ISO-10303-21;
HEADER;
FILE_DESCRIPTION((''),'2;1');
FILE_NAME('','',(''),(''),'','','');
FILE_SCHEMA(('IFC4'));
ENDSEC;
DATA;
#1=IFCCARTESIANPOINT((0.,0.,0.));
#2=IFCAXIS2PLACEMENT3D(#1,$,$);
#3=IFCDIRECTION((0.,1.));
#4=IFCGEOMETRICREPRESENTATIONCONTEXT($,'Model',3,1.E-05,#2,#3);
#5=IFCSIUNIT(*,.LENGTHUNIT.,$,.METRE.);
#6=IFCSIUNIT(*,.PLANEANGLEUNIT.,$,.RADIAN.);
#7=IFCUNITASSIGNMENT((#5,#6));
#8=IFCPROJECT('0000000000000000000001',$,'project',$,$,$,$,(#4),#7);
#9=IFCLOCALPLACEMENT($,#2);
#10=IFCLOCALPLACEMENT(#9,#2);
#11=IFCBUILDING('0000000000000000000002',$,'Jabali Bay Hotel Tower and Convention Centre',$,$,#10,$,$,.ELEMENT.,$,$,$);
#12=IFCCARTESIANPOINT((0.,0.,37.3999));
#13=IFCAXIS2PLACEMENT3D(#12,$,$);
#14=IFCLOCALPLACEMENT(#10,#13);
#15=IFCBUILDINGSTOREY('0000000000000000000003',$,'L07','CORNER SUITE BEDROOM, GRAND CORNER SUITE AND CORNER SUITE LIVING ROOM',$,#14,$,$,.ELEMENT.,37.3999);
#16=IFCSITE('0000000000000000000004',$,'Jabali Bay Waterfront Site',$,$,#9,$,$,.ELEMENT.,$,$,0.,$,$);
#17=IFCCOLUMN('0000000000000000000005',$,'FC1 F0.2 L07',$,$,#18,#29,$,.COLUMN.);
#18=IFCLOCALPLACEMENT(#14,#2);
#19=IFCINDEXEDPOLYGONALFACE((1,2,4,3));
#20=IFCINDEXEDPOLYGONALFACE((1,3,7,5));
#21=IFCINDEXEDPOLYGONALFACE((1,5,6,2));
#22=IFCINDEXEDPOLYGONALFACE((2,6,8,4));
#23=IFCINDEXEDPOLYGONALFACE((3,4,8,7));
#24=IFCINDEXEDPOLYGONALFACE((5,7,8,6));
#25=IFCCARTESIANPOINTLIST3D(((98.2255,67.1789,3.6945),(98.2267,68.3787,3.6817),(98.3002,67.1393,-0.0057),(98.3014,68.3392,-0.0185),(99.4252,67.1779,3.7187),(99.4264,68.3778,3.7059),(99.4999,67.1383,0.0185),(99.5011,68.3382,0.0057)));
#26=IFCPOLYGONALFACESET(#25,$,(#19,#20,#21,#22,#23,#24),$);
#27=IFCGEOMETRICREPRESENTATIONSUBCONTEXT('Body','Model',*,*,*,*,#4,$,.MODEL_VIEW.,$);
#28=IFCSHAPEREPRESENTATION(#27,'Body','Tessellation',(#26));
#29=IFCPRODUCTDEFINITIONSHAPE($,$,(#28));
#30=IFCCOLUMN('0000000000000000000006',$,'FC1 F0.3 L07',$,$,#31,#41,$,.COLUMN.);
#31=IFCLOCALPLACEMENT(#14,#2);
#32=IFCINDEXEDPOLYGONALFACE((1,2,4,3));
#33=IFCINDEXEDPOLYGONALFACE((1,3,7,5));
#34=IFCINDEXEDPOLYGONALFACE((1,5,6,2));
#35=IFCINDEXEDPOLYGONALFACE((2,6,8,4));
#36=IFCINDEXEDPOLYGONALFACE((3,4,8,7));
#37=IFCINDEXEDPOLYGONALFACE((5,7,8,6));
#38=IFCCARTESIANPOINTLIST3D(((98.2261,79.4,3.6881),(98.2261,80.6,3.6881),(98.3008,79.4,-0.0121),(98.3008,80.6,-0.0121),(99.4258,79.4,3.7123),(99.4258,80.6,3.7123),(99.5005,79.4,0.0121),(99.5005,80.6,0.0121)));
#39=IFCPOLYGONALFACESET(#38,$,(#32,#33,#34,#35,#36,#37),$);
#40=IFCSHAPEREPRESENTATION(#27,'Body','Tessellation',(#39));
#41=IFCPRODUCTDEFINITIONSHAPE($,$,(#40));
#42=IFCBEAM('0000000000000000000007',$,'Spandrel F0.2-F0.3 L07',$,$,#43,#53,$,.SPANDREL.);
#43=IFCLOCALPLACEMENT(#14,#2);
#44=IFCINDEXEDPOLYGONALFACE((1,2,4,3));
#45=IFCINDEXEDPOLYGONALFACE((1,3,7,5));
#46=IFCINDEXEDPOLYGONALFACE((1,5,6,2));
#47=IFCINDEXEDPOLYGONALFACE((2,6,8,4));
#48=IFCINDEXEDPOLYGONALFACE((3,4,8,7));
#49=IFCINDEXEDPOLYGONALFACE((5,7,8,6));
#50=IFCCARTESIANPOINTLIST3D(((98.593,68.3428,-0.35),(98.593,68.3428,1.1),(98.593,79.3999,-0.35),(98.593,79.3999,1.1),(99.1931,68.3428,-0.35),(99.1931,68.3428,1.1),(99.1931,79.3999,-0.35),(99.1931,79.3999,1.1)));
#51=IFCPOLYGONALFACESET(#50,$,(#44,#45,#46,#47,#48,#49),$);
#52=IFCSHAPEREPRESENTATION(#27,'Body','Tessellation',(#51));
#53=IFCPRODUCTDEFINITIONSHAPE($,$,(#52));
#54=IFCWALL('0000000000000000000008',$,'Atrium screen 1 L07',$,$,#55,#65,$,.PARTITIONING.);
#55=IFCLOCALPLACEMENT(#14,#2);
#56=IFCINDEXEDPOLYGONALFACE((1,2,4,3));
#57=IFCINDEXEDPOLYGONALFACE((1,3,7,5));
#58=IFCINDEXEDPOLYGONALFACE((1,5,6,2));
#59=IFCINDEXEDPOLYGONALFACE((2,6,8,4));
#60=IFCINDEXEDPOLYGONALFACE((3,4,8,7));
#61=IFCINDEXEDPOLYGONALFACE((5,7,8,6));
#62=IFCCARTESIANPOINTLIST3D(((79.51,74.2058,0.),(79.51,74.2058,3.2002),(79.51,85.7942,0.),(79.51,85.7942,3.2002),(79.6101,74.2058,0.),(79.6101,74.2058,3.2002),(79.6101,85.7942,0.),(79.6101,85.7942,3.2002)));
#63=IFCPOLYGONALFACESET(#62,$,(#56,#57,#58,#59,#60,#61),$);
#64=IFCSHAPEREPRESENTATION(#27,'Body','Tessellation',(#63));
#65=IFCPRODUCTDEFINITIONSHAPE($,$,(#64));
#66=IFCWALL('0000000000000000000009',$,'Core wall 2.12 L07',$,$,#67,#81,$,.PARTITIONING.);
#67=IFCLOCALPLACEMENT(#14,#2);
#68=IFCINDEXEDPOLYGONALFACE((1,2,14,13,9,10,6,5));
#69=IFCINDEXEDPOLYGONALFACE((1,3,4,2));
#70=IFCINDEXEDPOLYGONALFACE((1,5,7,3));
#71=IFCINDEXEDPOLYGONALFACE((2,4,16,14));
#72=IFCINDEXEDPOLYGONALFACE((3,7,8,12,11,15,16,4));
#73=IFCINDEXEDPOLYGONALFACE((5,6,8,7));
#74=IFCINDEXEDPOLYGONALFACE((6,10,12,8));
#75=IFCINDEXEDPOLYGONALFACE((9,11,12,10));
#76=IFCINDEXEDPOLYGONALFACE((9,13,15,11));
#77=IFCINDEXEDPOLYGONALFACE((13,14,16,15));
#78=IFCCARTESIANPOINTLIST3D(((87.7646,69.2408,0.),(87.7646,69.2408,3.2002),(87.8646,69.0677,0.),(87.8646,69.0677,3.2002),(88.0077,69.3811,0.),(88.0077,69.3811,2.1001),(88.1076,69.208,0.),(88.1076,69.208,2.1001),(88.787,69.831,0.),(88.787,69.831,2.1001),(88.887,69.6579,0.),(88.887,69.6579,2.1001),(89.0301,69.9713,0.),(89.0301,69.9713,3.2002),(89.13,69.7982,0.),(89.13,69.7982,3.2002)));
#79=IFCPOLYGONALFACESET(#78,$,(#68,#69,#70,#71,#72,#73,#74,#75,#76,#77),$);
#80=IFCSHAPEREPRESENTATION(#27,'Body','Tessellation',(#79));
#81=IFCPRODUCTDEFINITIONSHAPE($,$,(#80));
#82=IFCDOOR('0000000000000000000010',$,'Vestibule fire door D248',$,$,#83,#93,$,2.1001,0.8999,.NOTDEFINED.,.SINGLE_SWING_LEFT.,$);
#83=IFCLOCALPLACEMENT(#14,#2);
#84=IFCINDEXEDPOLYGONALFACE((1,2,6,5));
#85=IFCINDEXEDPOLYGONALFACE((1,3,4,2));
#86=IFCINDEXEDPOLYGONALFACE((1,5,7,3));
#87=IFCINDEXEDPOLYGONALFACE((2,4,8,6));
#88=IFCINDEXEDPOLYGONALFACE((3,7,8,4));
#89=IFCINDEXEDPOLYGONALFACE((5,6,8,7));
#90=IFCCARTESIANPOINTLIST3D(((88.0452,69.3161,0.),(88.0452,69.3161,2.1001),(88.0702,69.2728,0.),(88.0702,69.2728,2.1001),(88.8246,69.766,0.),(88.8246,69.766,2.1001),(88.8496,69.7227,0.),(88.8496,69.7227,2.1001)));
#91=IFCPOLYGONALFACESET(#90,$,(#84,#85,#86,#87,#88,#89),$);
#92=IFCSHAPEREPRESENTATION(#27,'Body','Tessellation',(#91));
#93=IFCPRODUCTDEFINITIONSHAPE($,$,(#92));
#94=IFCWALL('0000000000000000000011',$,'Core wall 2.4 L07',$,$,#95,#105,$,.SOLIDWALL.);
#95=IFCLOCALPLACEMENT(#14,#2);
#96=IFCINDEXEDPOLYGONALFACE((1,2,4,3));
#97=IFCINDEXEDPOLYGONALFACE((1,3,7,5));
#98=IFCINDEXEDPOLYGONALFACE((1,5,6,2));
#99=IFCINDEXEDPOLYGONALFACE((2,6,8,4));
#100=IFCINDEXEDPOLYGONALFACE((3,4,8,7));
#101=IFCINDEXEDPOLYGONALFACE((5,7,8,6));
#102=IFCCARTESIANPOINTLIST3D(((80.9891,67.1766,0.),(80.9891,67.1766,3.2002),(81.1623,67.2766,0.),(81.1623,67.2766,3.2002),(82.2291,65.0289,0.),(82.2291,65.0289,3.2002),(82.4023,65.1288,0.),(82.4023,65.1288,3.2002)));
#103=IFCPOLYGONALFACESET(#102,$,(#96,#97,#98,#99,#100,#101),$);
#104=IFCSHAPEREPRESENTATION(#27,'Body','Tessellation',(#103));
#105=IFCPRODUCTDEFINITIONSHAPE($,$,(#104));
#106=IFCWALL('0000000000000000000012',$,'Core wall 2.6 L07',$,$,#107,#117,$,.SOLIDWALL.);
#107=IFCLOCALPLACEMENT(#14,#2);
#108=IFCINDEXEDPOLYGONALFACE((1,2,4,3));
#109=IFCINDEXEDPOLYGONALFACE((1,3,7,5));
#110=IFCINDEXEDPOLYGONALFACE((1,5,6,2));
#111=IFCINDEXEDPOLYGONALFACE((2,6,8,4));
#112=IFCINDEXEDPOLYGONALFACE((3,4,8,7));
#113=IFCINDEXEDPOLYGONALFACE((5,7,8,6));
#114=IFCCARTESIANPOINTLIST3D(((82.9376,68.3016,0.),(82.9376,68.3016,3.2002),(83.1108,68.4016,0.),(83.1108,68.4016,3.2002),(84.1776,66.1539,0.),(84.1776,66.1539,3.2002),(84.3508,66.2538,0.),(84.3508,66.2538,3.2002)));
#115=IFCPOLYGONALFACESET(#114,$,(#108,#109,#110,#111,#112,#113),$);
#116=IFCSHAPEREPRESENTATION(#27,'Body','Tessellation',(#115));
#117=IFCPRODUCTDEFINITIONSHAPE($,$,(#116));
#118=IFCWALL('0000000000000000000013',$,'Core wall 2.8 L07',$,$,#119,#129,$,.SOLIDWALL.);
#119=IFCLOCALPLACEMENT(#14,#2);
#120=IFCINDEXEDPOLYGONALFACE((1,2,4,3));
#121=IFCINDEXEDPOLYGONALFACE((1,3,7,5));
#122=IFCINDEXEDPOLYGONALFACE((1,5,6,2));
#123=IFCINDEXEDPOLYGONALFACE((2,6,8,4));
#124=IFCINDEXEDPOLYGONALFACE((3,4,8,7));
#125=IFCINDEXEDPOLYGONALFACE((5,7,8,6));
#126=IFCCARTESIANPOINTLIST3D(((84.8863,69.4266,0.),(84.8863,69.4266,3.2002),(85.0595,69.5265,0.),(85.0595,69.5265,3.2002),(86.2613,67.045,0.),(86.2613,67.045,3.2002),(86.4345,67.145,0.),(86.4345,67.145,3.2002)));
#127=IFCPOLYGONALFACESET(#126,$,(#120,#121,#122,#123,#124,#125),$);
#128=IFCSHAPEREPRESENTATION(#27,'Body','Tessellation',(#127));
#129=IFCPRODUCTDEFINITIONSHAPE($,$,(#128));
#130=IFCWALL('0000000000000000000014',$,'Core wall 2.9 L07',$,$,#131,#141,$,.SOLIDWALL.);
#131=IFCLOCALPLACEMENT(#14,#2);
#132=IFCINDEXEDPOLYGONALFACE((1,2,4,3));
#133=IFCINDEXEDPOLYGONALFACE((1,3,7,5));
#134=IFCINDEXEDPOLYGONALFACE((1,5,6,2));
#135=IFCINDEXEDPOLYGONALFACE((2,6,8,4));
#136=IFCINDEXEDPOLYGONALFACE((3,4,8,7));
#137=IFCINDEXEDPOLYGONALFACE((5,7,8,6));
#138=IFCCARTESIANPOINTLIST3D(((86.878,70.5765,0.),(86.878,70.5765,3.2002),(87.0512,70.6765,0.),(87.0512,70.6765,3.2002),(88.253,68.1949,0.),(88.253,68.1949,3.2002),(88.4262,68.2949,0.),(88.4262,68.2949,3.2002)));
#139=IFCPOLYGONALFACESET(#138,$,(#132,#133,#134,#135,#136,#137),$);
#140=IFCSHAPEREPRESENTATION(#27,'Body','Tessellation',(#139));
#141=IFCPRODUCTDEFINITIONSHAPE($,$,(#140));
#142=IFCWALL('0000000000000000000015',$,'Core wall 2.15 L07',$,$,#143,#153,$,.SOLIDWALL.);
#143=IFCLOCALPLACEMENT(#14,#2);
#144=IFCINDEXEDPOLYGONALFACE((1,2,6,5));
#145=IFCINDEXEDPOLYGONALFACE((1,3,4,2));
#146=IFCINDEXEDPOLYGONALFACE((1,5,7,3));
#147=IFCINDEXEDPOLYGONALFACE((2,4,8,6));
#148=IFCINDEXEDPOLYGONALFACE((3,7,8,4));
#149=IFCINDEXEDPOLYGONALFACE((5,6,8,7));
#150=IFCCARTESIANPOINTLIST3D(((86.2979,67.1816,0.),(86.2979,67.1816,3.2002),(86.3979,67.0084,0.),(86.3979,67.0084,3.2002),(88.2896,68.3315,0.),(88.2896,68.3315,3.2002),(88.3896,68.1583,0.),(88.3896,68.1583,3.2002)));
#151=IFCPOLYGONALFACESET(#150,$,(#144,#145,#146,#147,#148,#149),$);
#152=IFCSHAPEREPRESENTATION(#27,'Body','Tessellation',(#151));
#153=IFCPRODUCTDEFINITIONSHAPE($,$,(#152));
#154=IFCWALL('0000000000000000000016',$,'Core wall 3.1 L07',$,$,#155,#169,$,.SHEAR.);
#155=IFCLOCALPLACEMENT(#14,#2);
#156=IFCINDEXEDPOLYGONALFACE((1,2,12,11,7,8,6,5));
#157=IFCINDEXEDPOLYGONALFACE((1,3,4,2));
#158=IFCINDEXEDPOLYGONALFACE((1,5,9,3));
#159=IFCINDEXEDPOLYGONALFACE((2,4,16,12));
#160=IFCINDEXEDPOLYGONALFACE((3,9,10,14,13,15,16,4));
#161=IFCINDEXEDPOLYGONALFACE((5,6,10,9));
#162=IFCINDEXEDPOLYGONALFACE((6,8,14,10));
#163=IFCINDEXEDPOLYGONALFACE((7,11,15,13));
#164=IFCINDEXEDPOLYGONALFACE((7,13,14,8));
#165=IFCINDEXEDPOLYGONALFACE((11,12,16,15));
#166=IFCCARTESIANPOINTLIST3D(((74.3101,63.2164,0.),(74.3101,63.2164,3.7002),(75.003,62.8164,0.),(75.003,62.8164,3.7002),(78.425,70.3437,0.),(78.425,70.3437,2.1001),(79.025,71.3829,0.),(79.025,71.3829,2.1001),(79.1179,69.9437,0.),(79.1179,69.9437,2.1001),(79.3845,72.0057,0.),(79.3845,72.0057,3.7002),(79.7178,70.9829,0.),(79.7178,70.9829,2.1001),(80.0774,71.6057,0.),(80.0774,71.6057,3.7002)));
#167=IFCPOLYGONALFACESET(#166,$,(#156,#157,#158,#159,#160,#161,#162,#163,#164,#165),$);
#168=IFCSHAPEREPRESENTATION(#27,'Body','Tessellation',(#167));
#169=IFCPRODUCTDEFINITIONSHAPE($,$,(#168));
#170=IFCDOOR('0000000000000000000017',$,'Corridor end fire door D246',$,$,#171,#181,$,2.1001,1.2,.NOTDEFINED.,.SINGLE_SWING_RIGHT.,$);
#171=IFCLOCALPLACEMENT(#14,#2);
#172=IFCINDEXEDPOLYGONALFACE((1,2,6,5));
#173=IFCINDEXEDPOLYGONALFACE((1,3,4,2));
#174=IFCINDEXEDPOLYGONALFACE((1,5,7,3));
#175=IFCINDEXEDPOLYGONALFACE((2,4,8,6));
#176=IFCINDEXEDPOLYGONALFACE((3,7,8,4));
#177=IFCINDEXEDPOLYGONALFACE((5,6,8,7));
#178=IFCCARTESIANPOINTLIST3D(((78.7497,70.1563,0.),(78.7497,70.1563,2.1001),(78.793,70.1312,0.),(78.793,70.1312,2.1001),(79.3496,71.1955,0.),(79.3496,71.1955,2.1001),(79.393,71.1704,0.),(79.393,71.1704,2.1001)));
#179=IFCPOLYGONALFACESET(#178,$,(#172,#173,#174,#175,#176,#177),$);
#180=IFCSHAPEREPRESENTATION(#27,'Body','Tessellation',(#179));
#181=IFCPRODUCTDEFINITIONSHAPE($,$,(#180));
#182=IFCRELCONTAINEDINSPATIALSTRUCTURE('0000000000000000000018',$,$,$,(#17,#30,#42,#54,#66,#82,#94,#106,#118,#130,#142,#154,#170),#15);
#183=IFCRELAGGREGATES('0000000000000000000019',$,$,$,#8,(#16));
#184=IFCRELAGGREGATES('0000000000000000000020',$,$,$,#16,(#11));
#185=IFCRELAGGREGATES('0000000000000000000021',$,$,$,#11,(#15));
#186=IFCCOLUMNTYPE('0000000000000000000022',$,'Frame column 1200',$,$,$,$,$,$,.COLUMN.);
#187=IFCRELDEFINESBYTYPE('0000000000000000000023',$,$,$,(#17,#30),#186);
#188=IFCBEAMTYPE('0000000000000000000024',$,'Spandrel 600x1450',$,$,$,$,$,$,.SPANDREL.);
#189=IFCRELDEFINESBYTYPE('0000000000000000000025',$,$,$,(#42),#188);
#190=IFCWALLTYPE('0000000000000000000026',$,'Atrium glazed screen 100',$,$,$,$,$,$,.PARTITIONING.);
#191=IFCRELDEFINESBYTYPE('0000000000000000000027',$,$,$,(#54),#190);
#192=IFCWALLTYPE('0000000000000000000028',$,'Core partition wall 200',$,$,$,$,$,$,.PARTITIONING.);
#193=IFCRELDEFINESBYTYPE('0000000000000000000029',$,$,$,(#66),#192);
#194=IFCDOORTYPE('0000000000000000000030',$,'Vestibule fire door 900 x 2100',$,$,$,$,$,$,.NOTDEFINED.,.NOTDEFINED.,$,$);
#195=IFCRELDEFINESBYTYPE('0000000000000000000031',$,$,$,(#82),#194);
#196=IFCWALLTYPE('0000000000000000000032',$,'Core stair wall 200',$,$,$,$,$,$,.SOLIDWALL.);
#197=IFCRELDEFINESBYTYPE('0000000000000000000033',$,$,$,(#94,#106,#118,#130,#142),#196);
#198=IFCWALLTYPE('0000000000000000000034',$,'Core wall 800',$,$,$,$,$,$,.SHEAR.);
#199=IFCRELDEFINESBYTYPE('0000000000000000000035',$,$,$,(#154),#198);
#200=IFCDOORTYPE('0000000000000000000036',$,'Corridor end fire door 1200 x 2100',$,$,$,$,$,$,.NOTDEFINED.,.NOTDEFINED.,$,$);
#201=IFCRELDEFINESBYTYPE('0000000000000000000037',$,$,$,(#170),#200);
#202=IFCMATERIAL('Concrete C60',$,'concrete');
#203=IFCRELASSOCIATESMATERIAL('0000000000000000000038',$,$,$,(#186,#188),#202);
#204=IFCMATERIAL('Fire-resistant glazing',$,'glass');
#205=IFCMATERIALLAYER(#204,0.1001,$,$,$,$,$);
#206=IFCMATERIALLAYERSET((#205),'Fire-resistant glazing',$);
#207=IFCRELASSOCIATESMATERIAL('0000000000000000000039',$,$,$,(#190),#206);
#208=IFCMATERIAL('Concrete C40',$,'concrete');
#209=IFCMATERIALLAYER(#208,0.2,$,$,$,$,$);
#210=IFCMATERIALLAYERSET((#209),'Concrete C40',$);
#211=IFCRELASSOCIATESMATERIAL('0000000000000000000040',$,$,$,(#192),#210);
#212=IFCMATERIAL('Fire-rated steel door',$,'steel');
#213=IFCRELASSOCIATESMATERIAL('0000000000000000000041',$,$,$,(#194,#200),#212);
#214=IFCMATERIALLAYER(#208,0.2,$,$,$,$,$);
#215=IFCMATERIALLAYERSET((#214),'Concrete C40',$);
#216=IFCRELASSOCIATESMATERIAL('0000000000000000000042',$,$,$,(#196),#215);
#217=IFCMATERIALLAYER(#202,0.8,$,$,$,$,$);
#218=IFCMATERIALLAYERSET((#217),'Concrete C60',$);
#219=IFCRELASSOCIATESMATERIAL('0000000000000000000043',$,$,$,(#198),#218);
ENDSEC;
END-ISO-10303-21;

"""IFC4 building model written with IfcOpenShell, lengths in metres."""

from ifc_helpers import new_model, si_unit, direction, frame, frame_2d, origin, origin_2d, place, context, subcontext, project, spatial, rectangle, extrude, material, layer, layer_set, material_profile, profile_set, type_object, element, fill, save


model = new_model("IFC4")

# Units and contexts
model_context = context("Model", 3, precision=1e-05, world=origin(), true_north=direction((0.0, 1.0)))
body_context = subcontext(model_context, "Body", "Model", "MODEL_VIEW")
ifc_project = project(units=[si_unit("LENGTHUNIT", "METRE"), si_unit("PLANEANGLEUNIT", "RADIAN")], contexts=[model_context])

# Site, building, storey
site_placement = place(None, origin())
site = spatial("IfcSite", under=ifc_project, at=site_placement, Name="Jabali Bay Waterfront Site", CompositionType="ELEMENT", RefElevation=0.0)
building_placement = place(site_placement, origin())
building = spatial("IfcBuilding", under=site, at=building_placement, Name="Jabali Bay Hotel Tower and Convention Centre", CompositionType="ELEMENT")
storey_placement = place(building_placement, frame((0.0, 0.0, 37.3999)))
storey = spatial("IfcBuildingStorey", under=building, at=storey_placement, Name="L07", Description="CORNER SUITE BEDROOM, GRAND CORNER SUITE AND CORNER SUITE LIVING ROOM", CompositionType="ELEMENT", Elevation=37.3999)

# Columns
ifc_material_1 = material(Name="Concrete C60", Category="concrete")
ifc_material_profile_1 = material_profile(ifc_material_1, rectangle(XDim=1.2, YDim=1.2, at=origin_2d()), Name="Frame column 1200")
ifc_profile_set_1 = profile_set([ifc_material_profile_1], Name="Concrete C60")
column_type = type_object("IfcColumnType", Name="Frame column 1200", PredefinedType="COLUMN", material=ifc_profile_set_1)
column_1_placement = place(storey_placement, frame((98.9006, 67.7388, 0.0), z_axis=(-0.020185, 0.010686, 0.999739), x_axis=(-0.001023, -0.999943, 0.010668)))
element("IfcColumn", 1, at=column_1_placement, inside=storey, type_object=column_type, Name="FC1 F0.2 L07", PredefinedType="COLUMN", context=body_context, shape_type="SweptSolid", body=[
    extrude(rectangle(XDim=1.2, YDim=1.2, at=origin_2d()), origin(), (0.0, 0.0, 1.0), 3.7012),
])
column_2_placement = place(storey_placement, frame((98.9006, 80.0, 0.0), z_axis=(-0.020186, 0.0, 0.999796), x_axis=(0.0, -1.0, 0.0)))
element("IfcColumn", 2, at=column_2_placement, inside=storey, type_object=column_type, Name="FC1 F0.3 L07", PredefinedType="COLUMN", context=body_context, shape_type="SweptSolid", body=[
    extrude(rectangle(XDim=1.2, YDim=1.2, at=origin_2d()), origin(), (0.0, 0.0, 1.0), 3.7009),
])

# Beam
ifc_material_profile_2 = material_profile(ifc_material_1, rectangle(XDim=0.6001, YDim=1.45, at=origin_2d()), Name="Spandrel 600x1450")
ifc_profile_set_2 = profile_set([ifc_material_profile_2], Name="Concrete C60")
beam_type = type_object("IfcBeamType", Name="Spandrel 600x1450", PredefinedType="SPANDREL", material=ifc_profile_set_2)
beam_placement = place(storey_placement, frame((98.8931, 68.3428, 0.375), z_axis=(0.0, 1.0, 0.0), x_axis=(-1.0, 0.0, 0.0)))
element("IfcBeam", 3, at=beam_placement, inside=storey, type_object=beam_type, Name="Spandrel F0.2-F0.3 L07", PredefinedType="SPANDREL", context=body_context, shape_type="SweptSolid", body=[
    extrude(rectangle(XDim=0.6001, YDim=1.45, at=origin_2d()), origin(), (0.0, 0.0, 1.0), 11.0571),
])

# Wall
ifc_material_2 = material(Name="Fire-resistant glazing", Category="glass")
ifc_layer_1 = layer(ifc_material_2, 0.1001)
ifc_layer_set_1 = layer_set([ifc_layer_1], Name="Fire-resistant glazing")
wall_type_1 = type_object("IfcWallType", Name="Atrium glazed screen 100", PredefinedType="PARTITIONING", material=ifc_layer_set_1)
wall_1_placement = place(storey_placement, frame((79.5601, 74.2058, 0.0), z_axis=(0.0, 0.0, 1.0), x_axis=(0.0, 1.0, 0.0)))
element("IfcWall", 4, at=wall_1_placement, inside=storey, type_object=wall_type_1, Name="Atrium screen 1 L07", PredefinedType="PARTITIONING", context=body_context, shape_type="SweptSolid", body=[
    extrude(rectangle(XDim=11.5884, YDim=0.1001, at=frame_2d((5.7942, 0.0))), origin(), (0.0, 0.0, 1.0), 3.2002),
])

# Wall, opening, door
ifc_material_3 = material(Name="Concrete C40", Category="concrete")
ifc_layer_2 = layer(ifc_material_3, 0.2)
ifc_layer_set_2 = layer_set([ifc_layer_2], Name="Concrete C40")
wall_type_2 = type_object("IfcWallType", Name="Core partition wall 200", PredefinedType="PARTITIONING", material=ifc_layer_set_2)
wall_2_placement = place(storey_placement, frame((87.8147, 69.1543, 0.0), z_axis=(0.0, 0.0, 1.0), x_axis=(0.866055, 0.499949, 0.0)))
wall_2 = element("IfcWall", 5, at=wall_2_placement, inside=storey, type_object=wall_type_2, Name="Core wall 2.12 L07", PredefinedType="PARTITIONING", context=body_context, shape_type="SweptSolid", body=[
    extrude(rectangle(XDim=1.4612, YDim=0.2, at=frame_2d((0.7305, 0.0))), origin(), (0.0, 0.0, 1.0), 3.2002),
])
opening_1_placement = place(wall_2_placement, frame((0.2805, 0.0, 0.0)))
opening_1 = element("IfcOpeningElement", 6, at=opening_1_placement, cuts=wall_2, PredefinedType="OPENING", context=body_context, shape_type="SweptSolid", body=[
    extrude(rectangle(XDim=0.8999, YDim=2.1001, at=frame_2d((0.45, 1.05))), frame((0.0, 0.1104, 0.0), z_axis=(0.0, -1.0, 0.0), x_axis=(1.0, 0.0, 0.0)), (0.0, 0.0, 1.0), 0.2209),
])
ifc_material_4 = material(Name="Fire-rated steel door", Category="steel")
door_type_1 = type_object("IfcDoorType", Name="Vestibule fire door 900 x 2100", OperationType="NOTDEFINED", PredefinedType="NOTDEFINED", material=ifc_material_4)
door_1_placement = place(opening_1_placement, origin())
door_1 = element("IfcDoor", 7, at=door_1_placement, inside=storey, type_object=door_type_1, Name="Vestibule fire door D248", OperationType="SINGLE_SWING_LEFT", OverallHeight=2.1001, OverallWidth=0.8999, PredefinedType="NOTDEFINED", context=body_context, shape_type="SweptSolid", body=[
    extrude(rectangle(XDim=0.8999, YDim=2.1001, at=frame_2d((0.45, 1.05))), frame((0.0, 0.0249, 0.0), z_axis=(0.0, -1.0, 0.0), x_axis=(1.0, 0.0, 0.0)), (0.0, 0.0, 1.0), 0.05),
])
fill(opening_1, door_1)

# Walls
ifc_layer_3 = layer(ifc_material_3, 0.2)
ifc_layer_set_3 = layer_set([ifc_layer_3], Name="Concrete C40")
wall_type_3 = type_object("IfcWallType", Name="Core stair wall 200", PredefinedType="SOLIDWALL", material=ifc_layer_set_3)
for number, where, z_axis, x_axis, name in (
    (8, (81.0757, 67.2266, 0.0), (0.0, 0.0, 1.0), (0.500004, -0.866023, 0.0), "Core wall 2.4 L07"),
    (9, (83.0242, 68.3516, 0.0), (0.0, 0.0, 1.0), (0.500004, -0.866023, 0.0), "Core wall 2.6 L07"),
):
    element("IfcWall", number, at=place(storey_placement, frame(where, z_axis=z_axis, x_axis=x_axis)), inside=storey, type_object=wall_type_3, Name=name, PredefinedType="SOLIDWALL", context=body_context, shape_type="SweptSolid", body=[
        extrude(rectangle(XDim=2.48, YDim=0.2, at=frame_2d((1.24, 0.0))), origin(), (0.0, 0.0, 1.0), 3.2002),
    ])
for number, where, z_axis, x_axis, name in (
    (10, (84.9729, 69.4766, 0.0), (0.0, 0.0, 1.0), (0.499997, -0.866027, 0.0), "Core wall 2.8 L07"),
    (11, (86.9646, 70.6265, 0.0), (0.0, 0.0, 1.0), (0.499997, -0.866027, 0.0), "Core wall 2.9 L07"),
):
    element("IfcWall", number, at=place(storey_placement, frame(where, z_axis=z_axis, x_axis=x_axis)), inside=storey, type_object=wall_type_3, Name=name, PredefinedType="SOLIDWALL", context=body_context, shape_type="SweptSolid", body=[
        extrude(rectangle(XDim=2.75, YDim=0.2, at=frame_2d((1.375, 0.0))), origin(), (0.0, 0.0, 1.0), 3.2002),
    ])
wall_3_placement = place(storey_placement, frame((86.3479, 67.095, 0.0), z_axis=(0.0, 0.0, 1.0), x_axis=(0.866026, 0.499998, 0.0)))
element("IfcWall", 12, at=wall_3_placement, inside=storey, type_object=wall_type_3, Name="Core wall 2.15 L07", PredefinedType="SOLIDWALL", context=body_context, shape_type="SweptSolid", body=[
    extrude(rectangle(XDim=2.2998, YDim=0.2, at=frame_2d((1.1499, 0.0))), origin(), (0.0, 0.0, 1.0), 3.2002),
])

# Wall, opening, door
ifc_layer_4 = layer(ifc_material_1, 0.8)
ifc_layer_set_4 = layer_set([ifc_layer_4], Name="Concrete C60")
wall_type_4 = type_object("IfcWallType", Name="Core wall 800", PredefinedType="SHEAR", material=ifc_layer_set_4)
wall_4_placement = place(storey_placement, frame((79.731, 71.8057, 0.0), z_axis=(0.0, 0.0, 1.0), x_axis=(-0.499997, -0.866027, 0.0)))
wall_4 = element("IfcWall", 13, at=wall_4_placement, inside=storey, type_object=wall_type_4, Name="Core wall 3.1 L07", PredefinedType="SHEAR", context=body_context, shape_type="SweptSolid", body=[
    extrude(rectangle(XDim=10.1489, YDim=0.8, at=frame_2d((5.0745, 0.0))), origin(), (0.0, 0.0, 1.0), 3.7002),
])
opening_2_placement = place(wall_4_placement, frame((0.719, 0.0, 0.0)))
opening_2 = element("IfcOpeningElement", 14, at=opening_2_placement, cuts=wall_4, PredefinedType="OPENING", context=body_context, shape_type="SweptSolid", body=[
    extrude(rectangle(XDim=1.2, YDim=2.1001, at=frame_2d((0.6001, 1.05))), frame((0.0, 0.4106, 0.0), z_axis=(0.0, -1.0, 0.0), x_axis=(1.0, 0.0, 0.0)), (0.0, 0.0, 1.0), 0.821),
])
door_type_2 = type_object("IfcDoorType", Name="Corridor end fire door 1200 x 2100", OperationType="NOTDEFINED", PredefinedType="NOTDEFINED", material=ifc_material_4)
door_2_placement = place(opening_2_placement, origin())
door_2 = element("IfcDoor", 15, at=door_2_placement, inside=storey, type_object=door_type_2, Name="Corridor end fire door D246", OperationType="SINGLE_SWING_RIGHT", OverallHeight=2.1001, OverallWidth=1.2, PredefinedType="NOTDEFINED", context=body_context, shape_type="SweptSolid", body=[
    extrude(rectangle(XDim=1.2, YDim=2.1001, at=frame_2d((0.6001, 1.05))), frame((0.0, 0.0249, 0.0), z_axis=(0.0, -1.0, 0.0), x_axis=(1.0, 0.0, 0.0)), (0.0, 0.0, 1.0), 0.05),
])
fill(opening_2, door_2)

save(model, "model.ifc")
